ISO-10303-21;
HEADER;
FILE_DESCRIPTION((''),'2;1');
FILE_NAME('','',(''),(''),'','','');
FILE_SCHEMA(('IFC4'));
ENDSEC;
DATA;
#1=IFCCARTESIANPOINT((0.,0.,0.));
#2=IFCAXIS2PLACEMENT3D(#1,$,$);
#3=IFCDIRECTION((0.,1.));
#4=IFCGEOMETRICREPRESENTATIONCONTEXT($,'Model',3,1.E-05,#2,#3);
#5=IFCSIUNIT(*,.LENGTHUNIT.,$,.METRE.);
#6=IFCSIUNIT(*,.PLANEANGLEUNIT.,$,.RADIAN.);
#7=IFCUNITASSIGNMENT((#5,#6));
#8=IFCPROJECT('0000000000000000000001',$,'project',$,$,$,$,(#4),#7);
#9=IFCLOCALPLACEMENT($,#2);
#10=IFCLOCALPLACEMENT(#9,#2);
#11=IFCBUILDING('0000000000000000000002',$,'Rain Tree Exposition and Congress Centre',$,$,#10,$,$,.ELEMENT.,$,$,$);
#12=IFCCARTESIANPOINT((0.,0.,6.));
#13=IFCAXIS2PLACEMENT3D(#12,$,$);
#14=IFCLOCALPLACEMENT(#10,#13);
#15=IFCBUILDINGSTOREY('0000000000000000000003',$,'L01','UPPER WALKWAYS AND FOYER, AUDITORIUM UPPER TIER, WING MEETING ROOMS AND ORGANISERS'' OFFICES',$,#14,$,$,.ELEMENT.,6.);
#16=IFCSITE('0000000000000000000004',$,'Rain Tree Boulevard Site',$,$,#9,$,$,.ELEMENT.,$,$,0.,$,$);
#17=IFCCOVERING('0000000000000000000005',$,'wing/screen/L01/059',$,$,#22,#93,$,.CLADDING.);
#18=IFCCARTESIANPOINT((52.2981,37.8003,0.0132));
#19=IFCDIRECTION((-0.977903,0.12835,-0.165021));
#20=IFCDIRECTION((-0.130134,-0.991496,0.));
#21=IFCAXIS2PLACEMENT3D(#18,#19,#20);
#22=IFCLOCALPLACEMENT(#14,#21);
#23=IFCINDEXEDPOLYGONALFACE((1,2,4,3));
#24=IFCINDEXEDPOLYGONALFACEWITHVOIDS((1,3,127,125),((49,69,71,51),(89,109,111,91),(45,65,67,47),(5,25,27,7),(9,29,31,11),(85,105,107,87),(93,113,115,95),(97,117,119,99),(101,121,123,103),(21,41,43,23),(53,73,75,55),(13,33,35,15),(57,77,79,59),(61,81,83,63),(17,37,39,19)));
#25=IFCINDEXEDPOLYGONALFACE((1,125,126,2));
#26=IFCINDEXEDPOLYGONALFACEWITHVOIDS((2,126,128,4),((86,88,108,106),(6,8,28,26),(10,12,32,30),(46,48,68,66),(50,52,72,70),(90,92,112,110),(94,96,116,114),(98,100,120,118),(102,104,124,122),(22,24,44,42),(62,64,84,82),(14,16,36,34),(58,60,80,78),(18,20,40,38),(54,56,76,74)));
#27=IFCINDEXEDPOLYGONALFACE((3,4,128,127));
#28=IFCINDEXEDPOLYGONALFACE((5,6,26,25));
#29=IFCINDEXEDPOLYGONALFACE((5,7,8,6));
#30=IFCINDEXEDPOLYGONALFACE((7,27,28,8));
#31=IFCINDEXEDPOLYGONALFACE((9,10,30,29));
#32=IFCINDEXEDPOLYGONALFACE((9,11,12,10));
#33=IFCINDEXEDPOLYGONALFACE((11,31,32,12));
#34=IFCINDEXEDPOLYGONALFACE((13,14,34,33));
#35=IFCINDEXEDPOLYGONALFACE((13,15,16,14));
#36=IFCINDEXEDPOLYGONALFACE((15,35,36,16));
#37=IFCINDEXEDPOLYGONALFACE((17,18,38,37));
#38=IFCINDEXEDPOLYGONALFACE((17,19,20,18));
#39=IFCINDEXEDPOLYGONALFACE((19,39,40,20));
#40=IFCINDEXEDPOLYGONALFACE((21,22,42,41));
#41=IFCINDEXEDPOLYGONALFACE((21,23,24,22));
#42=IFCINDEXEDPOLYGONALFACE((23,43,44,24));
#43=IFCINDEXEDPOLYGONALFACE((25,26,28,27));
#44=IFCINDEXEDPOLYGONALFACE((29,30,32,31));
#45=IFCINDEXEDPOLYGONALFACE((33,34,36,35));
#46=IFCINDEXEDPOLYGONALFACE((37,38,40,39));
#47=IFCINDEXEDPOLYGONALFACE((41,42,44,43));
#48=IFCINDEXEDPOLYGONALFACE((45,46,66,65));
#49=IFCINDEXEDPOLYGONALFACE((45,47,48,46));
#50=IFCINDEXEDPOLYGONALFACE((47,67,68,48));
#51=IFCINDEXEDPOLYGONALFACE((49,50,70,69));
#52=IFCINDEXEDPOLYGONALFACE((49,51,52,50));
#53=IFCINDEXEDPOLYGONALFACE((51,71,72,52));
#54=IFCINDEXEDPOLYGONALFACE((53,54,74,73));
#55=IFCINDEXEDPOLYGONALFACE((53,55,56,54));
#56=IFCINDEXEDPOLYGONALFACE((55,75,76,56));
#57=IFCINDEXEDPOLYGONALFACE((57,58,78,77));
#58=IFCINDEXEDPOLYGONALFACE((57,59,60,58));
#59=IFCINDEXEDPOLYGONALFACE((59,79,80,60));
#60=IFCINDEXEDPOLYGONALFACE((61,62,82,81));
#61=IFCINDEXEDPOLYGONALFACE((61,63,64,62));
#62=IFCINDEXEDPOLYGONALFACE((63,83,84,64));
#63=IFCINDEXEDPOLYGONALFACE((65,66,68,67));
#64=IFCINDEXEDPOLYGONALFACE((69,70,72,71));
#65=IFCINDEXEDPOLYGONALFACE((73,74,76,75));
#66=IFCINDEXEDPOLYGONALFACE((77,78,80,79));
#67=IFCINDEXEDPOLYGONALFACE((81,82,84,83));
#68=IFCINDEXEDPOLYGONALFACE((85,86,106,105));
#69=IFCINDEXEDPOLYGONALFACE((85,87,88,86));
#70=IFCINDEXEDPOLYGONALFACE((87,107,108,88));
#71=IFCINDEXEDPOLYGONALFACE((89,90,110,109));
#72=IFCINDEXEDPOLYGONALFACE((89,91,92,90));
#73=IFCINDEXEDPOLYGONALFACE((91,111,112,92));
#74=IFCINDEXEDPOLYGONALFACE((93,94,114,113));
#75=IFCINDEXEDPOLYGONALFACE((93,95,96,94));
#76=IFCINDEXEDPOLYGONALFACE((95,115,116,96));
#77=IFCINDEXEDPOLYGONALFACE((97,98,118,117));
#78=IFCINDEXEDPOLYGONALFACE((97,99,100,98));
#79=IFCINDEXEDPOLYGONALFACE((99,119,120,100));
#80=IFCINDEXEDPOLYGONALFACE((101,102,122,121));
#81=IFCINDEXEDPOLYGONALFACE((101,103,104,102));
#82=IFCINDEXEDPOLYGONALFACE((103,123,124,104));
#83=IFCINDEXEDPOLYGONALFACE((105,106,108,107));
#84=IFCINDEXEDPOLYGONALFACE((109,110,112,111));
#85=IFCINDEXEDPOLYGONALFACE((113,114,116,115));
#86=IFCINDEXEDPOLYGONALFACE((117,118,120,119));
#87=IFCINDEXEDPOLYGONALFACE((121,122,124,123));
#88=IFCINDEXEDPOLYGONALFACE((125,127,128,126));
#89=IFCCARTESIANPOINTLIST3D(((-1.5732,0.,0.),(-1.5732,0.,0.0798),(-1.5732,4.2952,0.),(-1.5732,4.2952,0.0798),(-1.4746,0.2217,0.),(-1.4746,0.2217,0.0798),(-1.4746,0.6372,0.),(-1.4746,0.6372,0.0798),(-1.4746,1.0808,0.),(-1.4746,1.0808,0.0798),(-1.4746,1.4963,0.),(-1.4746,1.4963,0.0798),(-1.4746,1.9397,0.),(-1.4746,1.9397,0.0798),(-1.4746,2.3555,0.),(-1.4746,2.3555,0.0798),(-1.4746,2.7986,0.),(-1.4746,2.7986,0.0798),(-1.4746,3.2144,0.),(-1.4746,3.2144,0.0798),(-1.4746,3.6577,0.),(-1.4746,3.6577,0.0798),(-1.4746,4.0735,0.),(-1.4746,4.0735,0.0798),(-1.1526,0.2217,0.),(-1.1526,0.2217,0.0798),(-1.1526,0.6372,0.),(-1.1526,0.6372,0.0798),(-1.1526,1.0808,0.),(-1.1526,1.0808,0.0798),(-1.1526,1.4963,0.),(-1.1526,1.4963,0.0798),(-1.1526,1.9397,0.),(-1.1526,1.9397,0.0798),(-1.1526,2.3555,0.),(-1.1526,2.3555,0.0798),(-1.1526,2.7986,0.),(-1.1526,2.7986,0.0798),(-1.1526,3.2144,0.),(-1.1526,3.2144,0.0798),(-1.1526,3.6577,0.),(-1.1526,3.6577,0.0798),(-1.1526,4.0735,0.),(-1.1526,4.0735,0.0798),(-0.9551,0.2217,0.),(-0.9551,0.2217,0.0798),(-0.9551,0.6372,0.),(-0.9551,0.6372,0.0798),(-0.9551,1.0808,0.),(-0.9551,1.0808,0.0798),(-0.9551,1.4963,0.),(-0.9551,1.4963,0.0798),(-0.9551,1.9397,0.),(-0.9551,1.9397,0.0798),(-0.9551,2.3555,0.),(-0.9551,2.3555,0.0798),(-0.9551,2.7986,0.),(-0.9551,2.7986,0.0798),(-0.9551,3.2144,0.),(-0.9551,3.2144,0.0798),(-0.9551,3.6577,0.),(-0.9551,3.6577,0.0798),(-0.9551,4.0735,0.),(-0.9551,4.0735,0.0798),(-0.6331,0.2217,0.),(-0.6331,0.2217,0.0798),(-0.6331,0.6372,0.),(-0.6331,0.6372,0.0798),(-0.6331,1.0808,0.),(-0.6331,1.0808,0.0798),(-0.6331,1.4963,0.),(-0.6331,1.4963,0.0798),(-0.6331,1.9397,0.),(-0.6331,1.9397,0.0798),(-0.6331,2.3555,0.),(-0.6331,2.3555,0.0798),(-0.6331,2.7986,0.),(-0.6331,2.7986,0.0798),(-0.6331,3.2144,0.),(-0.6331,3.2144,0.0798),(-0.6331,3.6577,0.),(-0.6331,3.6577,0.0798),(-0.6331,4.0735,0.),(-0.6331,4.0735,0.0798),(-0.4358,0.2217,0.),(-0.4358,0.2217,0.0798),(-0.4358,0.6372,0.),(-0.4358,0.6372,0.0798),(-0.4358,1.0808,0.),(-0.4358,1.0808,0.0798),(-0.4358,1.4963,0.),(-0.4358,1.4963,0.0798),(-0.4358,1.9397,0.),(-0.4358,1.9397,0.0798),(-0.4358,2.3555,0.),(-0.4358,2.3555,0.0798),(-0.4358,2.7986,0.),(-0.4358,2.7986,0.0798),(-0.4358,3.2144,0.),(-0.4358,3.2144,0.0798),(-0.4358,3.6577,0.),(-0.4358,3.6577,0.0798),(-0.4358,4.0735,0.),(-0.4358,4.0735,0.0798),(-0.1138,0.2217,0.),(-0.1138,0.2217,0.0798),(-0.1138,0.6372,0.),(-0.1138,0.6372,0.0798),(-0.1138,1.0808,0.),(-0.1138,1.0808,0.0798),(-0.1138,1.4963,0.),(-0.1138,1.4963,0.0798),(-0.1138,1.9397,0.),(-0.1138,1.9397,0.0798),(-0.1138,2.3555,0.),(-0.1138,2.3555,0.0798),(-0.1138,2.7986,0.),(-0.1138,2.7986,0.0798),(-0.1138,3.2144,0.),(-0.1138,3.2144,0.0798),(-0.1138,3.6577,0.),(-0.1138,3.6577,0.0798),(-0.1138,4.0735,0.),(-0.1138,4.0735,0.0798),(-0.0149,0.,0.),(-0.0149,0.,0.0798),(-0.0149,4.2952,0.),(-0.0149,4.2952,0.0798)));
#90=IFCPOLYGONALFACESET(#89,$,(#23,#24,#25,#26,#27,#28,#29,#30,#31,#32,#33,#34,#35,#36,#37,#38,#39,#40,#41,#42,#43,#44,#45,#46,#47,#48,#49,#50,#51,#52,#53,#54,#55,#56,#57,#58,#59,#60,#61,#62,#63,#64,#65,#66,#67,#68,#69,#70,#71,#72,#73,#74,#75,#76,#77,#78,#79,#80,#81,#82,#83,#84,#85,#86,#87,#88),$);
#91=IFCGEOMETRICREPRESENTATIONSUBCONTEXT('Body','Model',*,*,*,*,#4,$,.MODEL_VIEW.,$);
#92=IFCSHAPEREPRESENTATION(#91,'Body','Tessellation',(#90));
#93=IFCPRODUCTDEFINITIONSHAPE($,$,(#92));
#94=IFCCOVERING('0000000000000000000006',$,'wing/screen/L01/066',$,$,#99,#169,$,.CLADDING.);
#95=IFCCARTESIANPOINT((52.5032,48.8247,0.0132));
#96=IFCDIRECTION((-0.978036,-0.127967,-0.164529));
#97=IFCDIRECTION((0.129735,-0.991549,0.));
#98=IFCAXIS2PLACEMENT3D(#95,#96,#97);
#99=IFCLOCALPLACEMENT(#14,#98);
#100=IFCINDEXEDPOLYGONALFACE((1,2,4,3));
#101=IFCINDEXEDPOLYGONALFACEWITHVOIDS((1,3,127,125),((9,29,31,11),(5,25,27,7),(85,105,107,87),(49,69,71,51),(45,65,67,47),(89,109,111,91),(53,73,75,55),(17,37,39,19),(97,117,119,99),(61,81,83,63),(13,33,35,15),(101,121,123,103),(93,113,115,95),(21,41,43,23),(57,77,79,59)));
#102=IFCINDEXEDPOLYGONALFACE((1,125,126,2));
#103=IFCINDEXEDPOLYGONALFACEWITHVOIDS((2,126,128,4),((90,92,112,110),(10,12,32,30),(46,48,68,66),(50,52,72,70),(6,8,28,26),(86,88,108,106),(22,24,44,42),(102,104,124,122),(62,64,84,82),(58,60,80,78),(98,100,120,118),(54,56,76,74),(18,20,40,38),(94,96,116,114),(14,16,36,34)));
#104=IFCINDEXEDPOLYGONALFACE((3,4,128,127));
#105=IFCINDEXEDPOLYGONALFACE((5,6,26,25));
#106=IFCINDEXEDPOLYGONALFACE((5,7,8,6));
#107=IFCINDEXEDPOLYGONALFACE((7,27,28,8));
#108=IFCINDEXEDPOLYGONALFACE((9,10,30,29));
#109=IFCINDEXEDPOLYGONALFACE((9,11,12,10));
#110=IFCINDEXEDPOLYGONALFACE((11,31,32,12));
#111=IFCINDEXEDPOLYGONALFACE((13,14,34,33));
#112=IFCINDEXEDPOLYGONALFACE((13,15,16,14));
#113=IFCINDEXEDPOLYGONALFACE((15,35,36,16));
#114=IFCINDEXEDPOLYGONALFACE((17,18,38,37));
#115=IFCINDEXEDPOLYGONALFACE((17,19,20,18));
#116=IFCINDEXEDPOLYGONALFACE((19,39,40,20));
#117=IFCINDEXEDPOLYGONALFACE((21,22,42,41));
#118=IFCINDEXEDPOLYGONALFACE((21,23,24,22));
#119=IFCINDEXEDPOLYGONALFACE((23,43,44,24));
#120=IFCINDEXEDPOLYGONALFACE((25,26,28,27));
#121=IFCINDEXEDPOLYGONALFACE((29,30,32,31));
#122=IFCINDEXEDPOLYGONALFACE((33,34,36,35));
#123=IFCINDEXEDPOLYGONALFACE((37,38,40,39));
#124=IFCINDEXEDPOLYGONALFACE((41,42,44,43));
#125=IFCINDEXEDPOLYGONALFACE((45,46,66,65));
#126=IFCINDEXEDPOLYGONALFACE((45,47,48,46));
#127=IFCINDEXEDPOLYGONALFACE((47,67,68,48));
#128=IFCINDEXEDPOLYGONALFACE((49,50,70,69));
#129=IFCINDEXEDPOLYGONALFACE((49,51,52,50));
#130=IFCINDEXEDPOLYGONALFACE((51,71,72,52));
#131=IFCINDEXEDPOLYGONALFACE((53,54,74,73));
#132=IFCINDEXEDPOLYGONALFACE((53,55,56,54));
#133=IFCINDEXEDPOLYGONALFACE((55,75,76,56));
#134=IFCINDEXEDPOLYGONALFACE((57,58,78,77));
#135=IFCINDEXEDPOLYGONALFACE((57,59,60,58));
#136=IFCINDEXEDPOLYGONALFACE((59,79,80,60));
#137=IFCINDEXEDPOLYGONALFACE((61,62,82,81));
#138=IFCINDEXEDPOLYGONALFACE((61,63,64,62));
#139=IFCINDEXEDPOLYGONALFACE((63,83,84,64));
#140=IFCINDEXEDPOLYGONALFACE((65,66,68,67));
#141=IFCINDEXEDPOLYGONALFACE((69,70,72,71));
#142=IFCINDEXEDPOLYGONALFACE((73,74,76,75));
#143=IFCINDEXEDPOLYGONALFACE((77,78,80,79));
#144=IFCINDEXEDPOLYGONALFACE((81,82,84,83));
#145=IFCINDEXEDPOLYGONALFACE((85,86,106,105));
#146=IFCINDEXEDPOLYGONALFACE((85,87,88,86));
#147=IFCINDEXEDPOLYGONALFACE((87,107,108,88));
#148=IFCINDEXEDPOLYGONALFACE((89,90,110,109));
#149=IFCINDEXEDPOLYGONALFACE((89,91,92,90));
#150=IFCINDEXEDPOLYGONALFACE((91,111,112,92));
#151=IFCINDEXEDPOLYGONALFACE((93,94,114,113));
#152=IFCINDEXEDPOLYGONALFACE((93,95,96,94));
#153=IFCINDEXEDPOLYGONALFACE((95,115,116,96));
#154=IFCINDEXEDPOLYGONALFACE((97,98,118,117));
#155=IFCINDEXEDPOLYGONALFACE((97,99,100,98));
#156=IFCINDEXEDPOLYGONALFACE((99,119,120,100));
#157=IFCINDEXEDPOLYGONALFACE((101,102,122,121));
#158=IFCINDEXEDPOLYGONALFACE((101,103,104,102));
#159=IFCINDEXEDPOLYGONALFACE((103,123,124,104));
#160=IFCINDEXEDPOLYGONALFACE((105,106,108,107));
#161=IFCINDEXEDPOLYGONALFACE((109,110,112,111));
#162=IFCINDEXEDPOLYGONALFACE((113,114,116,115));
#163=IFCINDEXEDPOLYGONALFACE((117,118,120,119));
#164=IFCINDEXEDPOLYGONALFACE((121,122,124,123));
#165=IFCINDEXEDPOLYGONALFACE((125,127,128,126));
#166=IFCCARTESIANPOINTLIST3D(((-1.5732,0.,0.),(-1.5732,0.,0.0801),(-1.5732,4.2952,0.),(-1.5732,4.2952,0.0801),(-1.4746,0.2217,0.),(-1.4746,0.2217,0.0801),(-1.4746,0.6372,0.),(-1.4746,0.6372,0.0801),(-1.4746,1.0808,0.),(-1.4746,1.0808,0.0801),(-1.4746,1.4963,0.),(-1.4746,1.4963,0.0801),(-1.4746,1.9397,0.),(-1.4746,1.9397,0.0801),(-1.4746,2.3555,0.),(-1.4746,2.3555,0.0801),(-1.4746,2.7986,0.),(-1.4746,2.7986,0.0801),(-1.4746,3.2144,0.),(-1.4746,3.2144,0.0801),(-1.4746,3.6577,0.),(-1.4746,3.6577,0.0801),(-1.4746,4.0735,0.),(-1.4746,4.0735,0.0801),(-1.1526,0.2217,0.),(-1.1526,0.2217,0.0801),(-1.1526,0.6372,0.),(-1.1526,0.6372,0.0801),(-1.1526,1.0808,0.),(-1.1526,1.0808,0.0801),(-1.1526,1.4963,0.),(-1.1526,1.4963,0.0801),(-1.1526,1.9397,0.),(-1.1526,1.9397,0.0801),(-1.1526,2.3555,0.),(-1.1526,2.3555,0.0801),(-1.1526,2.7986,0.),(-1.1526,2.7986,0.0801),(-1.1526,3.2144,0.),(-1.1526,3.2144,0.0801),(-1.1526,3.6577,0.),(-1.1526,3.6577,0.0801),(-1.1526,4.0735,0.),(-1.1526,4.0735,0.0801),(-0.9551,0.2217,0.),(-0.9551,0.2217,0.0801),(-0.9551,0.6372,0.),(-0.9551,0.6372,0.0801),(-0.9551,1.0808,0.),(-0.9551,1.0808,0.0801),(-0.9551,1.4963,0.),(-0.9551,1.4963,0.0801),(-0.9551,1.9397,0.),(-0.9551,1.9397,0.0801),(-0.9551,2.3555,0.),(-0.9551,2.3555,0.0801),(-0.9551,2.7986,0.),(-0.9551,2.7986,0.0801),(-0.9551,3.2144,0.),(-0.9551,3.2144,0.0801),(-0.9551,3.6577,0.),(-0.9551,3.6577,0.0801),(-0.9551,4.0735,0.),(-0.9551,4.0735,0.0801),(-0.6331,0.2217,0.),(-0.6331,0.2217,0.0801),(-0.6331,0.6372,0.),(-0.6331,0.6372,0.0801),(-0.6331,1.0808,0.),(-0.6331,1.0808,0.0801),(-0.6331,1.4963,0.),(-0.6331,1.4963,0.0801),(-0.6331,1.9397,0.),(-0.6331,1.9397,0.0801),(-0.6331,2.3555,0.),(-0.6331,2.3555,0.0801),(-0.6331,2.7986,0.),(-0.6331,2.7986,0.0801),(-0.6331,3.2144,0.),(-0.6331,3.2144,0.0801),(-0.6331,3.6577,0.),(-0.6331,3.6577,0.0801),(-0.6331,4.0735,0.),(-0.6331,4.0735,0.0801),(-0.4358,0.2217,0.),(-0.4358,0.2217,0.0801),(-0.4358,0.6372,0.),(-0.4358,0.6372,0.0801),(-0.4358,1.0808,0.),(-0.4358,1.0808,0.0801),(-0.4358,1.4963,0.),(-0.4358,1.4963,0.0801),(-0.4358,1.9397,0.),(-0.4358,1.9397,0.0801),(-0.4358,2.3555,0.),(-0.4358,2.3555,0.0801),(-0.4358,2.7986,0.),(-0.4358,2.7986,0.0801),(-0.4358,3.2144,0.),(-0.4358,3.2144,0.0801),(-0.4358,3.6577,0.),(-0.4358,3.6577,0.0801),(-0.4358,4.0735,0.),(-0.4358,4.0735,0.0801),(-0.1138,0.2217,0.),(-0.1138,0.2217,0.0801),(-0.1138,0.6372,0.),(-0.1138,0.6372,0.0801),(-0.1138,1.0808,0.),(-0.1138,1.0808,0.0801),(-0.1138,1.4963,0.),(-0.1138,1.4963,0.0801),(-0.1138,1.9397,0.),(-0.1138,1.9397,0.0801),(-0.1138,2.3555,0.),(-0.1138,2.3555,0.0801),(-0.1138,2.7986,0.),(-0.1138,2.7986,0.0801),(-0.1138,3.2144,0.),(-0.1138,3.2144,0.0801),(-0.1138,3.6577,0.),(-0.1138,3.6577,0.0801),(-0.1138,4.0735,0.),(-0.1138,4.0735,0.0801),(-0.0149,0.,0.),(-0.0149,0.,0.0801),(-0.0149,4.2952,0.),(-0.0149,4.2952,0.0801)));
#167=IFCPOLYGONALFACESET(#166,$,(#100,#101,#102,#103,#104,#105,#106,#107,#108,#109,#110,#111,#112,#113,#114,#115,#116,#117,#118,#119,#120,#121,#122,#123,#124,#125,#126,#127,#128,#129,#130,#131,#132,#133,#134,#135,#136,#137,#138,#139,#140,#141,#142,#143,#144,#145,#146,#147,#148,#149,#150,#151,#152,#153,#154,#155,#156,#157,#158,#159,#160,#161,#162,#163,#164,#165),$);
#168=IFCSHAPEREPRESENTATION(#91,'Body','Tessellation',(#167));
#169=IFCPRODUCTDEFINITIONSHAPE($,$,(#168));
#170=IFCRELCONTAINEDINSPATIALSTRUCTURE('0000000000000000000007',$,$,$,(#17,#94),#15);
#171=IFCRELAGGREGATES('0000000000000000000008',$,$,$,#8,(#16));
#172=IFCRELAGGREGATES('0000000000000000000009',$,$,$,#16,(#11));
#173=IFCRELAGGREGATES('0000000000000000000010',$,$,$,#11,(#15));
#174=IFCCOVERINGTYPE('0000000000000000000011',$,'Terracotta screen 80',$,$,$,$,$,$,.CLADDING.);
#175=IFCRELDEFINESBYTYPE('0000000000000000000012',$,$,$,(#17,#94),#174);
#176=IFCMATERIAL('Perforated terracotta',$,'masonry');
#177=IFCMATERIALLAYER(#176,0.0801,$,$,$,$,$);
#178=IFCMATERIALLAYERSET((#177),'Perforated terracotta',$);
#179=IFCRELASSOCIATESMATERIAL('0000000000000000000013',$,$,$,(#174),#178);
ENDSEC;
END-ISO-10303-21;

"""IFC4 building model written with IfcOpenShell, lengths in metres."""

from ifc_helpers import new_model, si_unit, direction, frame, origin, place, context, subcontext, project, spatial, polyline, outline, extrude, material, layer, layer_set, type_object, element, save


model = new_model("IFC4")

# Units and contexts
model_context = context("Model", 3, precision=1e-05, world=origin(), true_north=direction((0.0, 1.0)))
body_context = subcontext(model_context, "Body", "Model", "MODEL_VIEW")
ifc_project = project(units=[si_unit("LENGTHUNIT", "METRE"), si_unit("PLANEANGLEUNIT", "RADIAN")], contexts=[model_context])

# Site, building, storey
site_placement = place(None, origin())
site = spatial("IfcSite", under=ifc_project, at=site_placement, Name="Rain Tree Boulevard Site", CompositionType="ELEMENT", RefElevation=0.0)
building_placement = place(site_placement, origin())
building = spatial("IfcBuilding", under=site, at=building_placement, Name="Rain Tree Exposition and Congress Centre", CompositionType="ELEMENT")
storey_placement = place(building_placement, frame((0.0, 0.0, 6.0)))
storey = spatial("IfcBuildingStorey", under=building, at=storey_placement, Name="L01", Description="UPPER WALKWAYS AND FOYER, AUDITORIUM UPPER TIER, WING MEETING ROOMS AND ORGANISERS' OFFICES", CompositionType="ELEMENT", Elevation=6.0)

# Coverings
ifc_material_1 = material(Name="Perforated terracotta", Category="masonry")
ifc_layer_1 = layer(ifc_material_1, 0.0801)
ifc_layer_set_1 = layer_set([ifc_layer_1], Name="Perforated terracotta")
covering_type = type_object("IfcCoveringType", Name="Terracotta screen 80", PredefinedType="CLADDING", material=ifc_layer_set_1)
covering_1_placement = place(storey_placement, frame((52.2981, 37.8003, 0.0132), z_axis=(-0.977903, 0.12835, -0.165021), x_axis=(-0.130134, -0.991496, 0.0)))
element("IfcCovering", 1, at=covering_1_placement, inside=storey, type_object=covering_type, Name="wing/screen/L01/059", PredefinedType="CLADDING", context=body_context, shape_type="SweptSolid", body=[
    extrude(outline(polyline([(-1.5732, 0.0), (-1.5732, 4.2952), (-0.0149, 4.2952), (-0.0149, 0.0), (-1.5732, 0.0)]), holes=[polyline([(-0.1138, 0.2217), (-0.1138, 0.6372), (-0.4358, 0.6372), (-0.4358, 0.2217), (-0.1138, 0.2217)]), polyline([(-0.1138, 1.0808), (-0.1138, 1.4963), (-0.4358, 1.4963), (-0.4358, 1.0808), (-0.1138, 1.0808)]), polyline([(-0.1138, 1.9397), (-0.1138, 2.3555), (-0.4358, 2.3555), (-0.4358, 1.9397), (-0.1138, 1.9397)]), polyline([(-0.1138, 2.7986), (-0.1138, 3.2144), (-0.4358, 3.2144), (-0.4358, 2.7986), (-0.1138, 2.7986)]), polyline([(-0.1138, 3.6577), (-0.1138, 4.0735), (-0.4358, 4.0735), (-0.4358, 3.6577), (-0.1138, 3.6577)]), polyline([(-0.6331, 0.2217), (-0.6331, 0.6372), (-0.9551, 0.6372), (-0.9551, 0.2217), (-0.6331, 0.2217)]), polyline([(-0.6331, 1.0808), (-0.6331, 1.4963), (-0.9551, 1.4963), (-0.9551, 1.0808), (-0.6331, 1.0808)]), polyline([(-0.6331, 1.9397), (-0.6331, 2.3555), (-0.9551, 2.3555), (-0.9551, 1.9397), (-0.6331, 1.9397)]), polyline([(-0.6331, 2.7986), (-0.6331, 3.2144), (-0.9551, 3.2144), (-0.9551, 2.7986), (-0.6331, 2.7986)]), polyline([(-0.6331, 3.6577), (-0.6331, 4.0735), (-0.9551, 4.0735), (-0.9551, 3.6577), (-0.6331, 3.6577)]), polyline([(-1.1526, 0.2217), (-1.1526, 0.6372), (-1.4746, 0.6372), (-1.4746, 0.2217), (-1.1526, 0.2217)]), polyline([(-1.1526, 1.0808), (-1.1526, 1.4963), (-1.4746, 1.4963), (-1.4746, 1.0808), (-1.1526, 1.0808)]), polyline([(-1.1526, 1.9397), (-1.1526, 2.3555), (-1.4746, 2.3555), (-1.4746, 1.9397), (-1.1526, 1.9397)]), polyline([(-1.1526, 2.7986), (-1.1526, 3.2144), (-1.4746, 3.2144), (-1.4746, 2.7986), (-1.1526, 2.7986)]), polyline([(-1.1526, 3.6577), (-1.1526, 4.0735), (-1.4746, 4.0735), (-1.4746, 3.6577), (-1.1526, 3.6577)])]), origin(), (0.0, 0.0, 1.0), 0.0798),
])
covering_2_placement = place(storey_placement, frame((52.5032, 48.8247, 0.0132), z_axis=(-0.978036, -0.127967, -0.164529), x_axis=(0.129735, -0.991549, 0.0)))
element("IfcCovering", 2, at=covering_2_placement, inside=storey, type_object=covering_type, Name="wing/screen/L01/066", PredefinedType="CLADDING", context=body_context, shape_type="SweptSolid", body=[
    extrude(outline(polyline([(-1.5732, 0.0), (-1.5732, 4.2952), (-0.0149, 4.2952), (-0.0149, 0.0), (-1.5732, 0.0)]), holes=[polyline([(-0.1138, 0.2217), (-0.1138, 0.6372), (-0.4358, 0.6372), (-0.4358, 0.2217), (-0.1138, 0.2217)]), polyline([(-0.1138, 1.0808), (-0.1138, 1.4963), (-0.4358, 1.4963), (-0.4358, 1.0808), (-0.1138, 1.0808)]), polyline([(-0.1138, 1.9397), (-0.1138, 2.3555), (-0.4358, 2.3555), (-0.4358, 1.9397), (-0.1138, 1.9397)]), polyline([(-0.1138, 2.7986), (-0.1138, 3.2144), (-0.4358, 3.2144), (-0.4358, 2.7986), (-0.1138, 2.7986)]), polyline([(-0.1138, 3.6577), (-0.1138, 4.0735), (-0.4358, 4.0735), (-0.4358, 3.6577), (-0.1138, 3.6577)]), polyline([(-0.6331, 0.2217), (-0.6331, 0.6372), (-0.9551, 0.6372), (-0.9551, 0.2217), (-0.6331, 0.2217)]), polyline([(-0.6331, 1.0808), (-0.6331, 1.4963), (-0.9551, 1.4963), (-0.9551, 1.0808), (-0.6331, 1.0808)]), polyline([(-0.6331, 1.9397), (-0.6331, 2.3555), (-0.9551, 2.3555), (-0.9551, 1.9397), (-0.6331, 1.9397)]), polyline([(-0.6331, 2.7986), (-0.6331, 3.2144), (-0.9551, 3.2144), (-0.9551, 2.7986), (-0.6331, 2.7986)]), polyline([(-0.6331, 3.6577), (-0.6331, 4.0735), (-0.9551, 4.0735), (-0.9551, 3.6577), (-0.6331, 3.6577)]), polyline([(-1.1526, 0.2217), (-1.1526, 0.6372), (-1.4746, 0.6372), (-1.4746, 0.2217), (-1.1526, 0.2217)]), polyline([(-1.1526, 1.0808), (-1.1526, 1.4963), (-1.4746, 1.4963), (-1.4746, 1.0808), (-1.1526, 1.0808)]), polyline([(-1.1526, 1.9397), (-1.1526, 2.3555), (-1.4746, 2.3555), (-1.4746, 1.9397), (-1.1526, 1.9397)]), polyline([(-1.1526, 2.7986), (-1.1526, 3.2144), (-1.4746, 3.2144), (-1.4746, 2.7986), (-1.1526, 2.7986)]), polyline([(-1.1526, 3.6577), (-1.1526, 4.0735), (-1.4746, 4.0735), (-1.4746, 3.6577), (-1.1526, 3.6577)])]), origin(), (0.0, 0.0, 1.0), 0.0801),
])

save(model, "model.ifc")
